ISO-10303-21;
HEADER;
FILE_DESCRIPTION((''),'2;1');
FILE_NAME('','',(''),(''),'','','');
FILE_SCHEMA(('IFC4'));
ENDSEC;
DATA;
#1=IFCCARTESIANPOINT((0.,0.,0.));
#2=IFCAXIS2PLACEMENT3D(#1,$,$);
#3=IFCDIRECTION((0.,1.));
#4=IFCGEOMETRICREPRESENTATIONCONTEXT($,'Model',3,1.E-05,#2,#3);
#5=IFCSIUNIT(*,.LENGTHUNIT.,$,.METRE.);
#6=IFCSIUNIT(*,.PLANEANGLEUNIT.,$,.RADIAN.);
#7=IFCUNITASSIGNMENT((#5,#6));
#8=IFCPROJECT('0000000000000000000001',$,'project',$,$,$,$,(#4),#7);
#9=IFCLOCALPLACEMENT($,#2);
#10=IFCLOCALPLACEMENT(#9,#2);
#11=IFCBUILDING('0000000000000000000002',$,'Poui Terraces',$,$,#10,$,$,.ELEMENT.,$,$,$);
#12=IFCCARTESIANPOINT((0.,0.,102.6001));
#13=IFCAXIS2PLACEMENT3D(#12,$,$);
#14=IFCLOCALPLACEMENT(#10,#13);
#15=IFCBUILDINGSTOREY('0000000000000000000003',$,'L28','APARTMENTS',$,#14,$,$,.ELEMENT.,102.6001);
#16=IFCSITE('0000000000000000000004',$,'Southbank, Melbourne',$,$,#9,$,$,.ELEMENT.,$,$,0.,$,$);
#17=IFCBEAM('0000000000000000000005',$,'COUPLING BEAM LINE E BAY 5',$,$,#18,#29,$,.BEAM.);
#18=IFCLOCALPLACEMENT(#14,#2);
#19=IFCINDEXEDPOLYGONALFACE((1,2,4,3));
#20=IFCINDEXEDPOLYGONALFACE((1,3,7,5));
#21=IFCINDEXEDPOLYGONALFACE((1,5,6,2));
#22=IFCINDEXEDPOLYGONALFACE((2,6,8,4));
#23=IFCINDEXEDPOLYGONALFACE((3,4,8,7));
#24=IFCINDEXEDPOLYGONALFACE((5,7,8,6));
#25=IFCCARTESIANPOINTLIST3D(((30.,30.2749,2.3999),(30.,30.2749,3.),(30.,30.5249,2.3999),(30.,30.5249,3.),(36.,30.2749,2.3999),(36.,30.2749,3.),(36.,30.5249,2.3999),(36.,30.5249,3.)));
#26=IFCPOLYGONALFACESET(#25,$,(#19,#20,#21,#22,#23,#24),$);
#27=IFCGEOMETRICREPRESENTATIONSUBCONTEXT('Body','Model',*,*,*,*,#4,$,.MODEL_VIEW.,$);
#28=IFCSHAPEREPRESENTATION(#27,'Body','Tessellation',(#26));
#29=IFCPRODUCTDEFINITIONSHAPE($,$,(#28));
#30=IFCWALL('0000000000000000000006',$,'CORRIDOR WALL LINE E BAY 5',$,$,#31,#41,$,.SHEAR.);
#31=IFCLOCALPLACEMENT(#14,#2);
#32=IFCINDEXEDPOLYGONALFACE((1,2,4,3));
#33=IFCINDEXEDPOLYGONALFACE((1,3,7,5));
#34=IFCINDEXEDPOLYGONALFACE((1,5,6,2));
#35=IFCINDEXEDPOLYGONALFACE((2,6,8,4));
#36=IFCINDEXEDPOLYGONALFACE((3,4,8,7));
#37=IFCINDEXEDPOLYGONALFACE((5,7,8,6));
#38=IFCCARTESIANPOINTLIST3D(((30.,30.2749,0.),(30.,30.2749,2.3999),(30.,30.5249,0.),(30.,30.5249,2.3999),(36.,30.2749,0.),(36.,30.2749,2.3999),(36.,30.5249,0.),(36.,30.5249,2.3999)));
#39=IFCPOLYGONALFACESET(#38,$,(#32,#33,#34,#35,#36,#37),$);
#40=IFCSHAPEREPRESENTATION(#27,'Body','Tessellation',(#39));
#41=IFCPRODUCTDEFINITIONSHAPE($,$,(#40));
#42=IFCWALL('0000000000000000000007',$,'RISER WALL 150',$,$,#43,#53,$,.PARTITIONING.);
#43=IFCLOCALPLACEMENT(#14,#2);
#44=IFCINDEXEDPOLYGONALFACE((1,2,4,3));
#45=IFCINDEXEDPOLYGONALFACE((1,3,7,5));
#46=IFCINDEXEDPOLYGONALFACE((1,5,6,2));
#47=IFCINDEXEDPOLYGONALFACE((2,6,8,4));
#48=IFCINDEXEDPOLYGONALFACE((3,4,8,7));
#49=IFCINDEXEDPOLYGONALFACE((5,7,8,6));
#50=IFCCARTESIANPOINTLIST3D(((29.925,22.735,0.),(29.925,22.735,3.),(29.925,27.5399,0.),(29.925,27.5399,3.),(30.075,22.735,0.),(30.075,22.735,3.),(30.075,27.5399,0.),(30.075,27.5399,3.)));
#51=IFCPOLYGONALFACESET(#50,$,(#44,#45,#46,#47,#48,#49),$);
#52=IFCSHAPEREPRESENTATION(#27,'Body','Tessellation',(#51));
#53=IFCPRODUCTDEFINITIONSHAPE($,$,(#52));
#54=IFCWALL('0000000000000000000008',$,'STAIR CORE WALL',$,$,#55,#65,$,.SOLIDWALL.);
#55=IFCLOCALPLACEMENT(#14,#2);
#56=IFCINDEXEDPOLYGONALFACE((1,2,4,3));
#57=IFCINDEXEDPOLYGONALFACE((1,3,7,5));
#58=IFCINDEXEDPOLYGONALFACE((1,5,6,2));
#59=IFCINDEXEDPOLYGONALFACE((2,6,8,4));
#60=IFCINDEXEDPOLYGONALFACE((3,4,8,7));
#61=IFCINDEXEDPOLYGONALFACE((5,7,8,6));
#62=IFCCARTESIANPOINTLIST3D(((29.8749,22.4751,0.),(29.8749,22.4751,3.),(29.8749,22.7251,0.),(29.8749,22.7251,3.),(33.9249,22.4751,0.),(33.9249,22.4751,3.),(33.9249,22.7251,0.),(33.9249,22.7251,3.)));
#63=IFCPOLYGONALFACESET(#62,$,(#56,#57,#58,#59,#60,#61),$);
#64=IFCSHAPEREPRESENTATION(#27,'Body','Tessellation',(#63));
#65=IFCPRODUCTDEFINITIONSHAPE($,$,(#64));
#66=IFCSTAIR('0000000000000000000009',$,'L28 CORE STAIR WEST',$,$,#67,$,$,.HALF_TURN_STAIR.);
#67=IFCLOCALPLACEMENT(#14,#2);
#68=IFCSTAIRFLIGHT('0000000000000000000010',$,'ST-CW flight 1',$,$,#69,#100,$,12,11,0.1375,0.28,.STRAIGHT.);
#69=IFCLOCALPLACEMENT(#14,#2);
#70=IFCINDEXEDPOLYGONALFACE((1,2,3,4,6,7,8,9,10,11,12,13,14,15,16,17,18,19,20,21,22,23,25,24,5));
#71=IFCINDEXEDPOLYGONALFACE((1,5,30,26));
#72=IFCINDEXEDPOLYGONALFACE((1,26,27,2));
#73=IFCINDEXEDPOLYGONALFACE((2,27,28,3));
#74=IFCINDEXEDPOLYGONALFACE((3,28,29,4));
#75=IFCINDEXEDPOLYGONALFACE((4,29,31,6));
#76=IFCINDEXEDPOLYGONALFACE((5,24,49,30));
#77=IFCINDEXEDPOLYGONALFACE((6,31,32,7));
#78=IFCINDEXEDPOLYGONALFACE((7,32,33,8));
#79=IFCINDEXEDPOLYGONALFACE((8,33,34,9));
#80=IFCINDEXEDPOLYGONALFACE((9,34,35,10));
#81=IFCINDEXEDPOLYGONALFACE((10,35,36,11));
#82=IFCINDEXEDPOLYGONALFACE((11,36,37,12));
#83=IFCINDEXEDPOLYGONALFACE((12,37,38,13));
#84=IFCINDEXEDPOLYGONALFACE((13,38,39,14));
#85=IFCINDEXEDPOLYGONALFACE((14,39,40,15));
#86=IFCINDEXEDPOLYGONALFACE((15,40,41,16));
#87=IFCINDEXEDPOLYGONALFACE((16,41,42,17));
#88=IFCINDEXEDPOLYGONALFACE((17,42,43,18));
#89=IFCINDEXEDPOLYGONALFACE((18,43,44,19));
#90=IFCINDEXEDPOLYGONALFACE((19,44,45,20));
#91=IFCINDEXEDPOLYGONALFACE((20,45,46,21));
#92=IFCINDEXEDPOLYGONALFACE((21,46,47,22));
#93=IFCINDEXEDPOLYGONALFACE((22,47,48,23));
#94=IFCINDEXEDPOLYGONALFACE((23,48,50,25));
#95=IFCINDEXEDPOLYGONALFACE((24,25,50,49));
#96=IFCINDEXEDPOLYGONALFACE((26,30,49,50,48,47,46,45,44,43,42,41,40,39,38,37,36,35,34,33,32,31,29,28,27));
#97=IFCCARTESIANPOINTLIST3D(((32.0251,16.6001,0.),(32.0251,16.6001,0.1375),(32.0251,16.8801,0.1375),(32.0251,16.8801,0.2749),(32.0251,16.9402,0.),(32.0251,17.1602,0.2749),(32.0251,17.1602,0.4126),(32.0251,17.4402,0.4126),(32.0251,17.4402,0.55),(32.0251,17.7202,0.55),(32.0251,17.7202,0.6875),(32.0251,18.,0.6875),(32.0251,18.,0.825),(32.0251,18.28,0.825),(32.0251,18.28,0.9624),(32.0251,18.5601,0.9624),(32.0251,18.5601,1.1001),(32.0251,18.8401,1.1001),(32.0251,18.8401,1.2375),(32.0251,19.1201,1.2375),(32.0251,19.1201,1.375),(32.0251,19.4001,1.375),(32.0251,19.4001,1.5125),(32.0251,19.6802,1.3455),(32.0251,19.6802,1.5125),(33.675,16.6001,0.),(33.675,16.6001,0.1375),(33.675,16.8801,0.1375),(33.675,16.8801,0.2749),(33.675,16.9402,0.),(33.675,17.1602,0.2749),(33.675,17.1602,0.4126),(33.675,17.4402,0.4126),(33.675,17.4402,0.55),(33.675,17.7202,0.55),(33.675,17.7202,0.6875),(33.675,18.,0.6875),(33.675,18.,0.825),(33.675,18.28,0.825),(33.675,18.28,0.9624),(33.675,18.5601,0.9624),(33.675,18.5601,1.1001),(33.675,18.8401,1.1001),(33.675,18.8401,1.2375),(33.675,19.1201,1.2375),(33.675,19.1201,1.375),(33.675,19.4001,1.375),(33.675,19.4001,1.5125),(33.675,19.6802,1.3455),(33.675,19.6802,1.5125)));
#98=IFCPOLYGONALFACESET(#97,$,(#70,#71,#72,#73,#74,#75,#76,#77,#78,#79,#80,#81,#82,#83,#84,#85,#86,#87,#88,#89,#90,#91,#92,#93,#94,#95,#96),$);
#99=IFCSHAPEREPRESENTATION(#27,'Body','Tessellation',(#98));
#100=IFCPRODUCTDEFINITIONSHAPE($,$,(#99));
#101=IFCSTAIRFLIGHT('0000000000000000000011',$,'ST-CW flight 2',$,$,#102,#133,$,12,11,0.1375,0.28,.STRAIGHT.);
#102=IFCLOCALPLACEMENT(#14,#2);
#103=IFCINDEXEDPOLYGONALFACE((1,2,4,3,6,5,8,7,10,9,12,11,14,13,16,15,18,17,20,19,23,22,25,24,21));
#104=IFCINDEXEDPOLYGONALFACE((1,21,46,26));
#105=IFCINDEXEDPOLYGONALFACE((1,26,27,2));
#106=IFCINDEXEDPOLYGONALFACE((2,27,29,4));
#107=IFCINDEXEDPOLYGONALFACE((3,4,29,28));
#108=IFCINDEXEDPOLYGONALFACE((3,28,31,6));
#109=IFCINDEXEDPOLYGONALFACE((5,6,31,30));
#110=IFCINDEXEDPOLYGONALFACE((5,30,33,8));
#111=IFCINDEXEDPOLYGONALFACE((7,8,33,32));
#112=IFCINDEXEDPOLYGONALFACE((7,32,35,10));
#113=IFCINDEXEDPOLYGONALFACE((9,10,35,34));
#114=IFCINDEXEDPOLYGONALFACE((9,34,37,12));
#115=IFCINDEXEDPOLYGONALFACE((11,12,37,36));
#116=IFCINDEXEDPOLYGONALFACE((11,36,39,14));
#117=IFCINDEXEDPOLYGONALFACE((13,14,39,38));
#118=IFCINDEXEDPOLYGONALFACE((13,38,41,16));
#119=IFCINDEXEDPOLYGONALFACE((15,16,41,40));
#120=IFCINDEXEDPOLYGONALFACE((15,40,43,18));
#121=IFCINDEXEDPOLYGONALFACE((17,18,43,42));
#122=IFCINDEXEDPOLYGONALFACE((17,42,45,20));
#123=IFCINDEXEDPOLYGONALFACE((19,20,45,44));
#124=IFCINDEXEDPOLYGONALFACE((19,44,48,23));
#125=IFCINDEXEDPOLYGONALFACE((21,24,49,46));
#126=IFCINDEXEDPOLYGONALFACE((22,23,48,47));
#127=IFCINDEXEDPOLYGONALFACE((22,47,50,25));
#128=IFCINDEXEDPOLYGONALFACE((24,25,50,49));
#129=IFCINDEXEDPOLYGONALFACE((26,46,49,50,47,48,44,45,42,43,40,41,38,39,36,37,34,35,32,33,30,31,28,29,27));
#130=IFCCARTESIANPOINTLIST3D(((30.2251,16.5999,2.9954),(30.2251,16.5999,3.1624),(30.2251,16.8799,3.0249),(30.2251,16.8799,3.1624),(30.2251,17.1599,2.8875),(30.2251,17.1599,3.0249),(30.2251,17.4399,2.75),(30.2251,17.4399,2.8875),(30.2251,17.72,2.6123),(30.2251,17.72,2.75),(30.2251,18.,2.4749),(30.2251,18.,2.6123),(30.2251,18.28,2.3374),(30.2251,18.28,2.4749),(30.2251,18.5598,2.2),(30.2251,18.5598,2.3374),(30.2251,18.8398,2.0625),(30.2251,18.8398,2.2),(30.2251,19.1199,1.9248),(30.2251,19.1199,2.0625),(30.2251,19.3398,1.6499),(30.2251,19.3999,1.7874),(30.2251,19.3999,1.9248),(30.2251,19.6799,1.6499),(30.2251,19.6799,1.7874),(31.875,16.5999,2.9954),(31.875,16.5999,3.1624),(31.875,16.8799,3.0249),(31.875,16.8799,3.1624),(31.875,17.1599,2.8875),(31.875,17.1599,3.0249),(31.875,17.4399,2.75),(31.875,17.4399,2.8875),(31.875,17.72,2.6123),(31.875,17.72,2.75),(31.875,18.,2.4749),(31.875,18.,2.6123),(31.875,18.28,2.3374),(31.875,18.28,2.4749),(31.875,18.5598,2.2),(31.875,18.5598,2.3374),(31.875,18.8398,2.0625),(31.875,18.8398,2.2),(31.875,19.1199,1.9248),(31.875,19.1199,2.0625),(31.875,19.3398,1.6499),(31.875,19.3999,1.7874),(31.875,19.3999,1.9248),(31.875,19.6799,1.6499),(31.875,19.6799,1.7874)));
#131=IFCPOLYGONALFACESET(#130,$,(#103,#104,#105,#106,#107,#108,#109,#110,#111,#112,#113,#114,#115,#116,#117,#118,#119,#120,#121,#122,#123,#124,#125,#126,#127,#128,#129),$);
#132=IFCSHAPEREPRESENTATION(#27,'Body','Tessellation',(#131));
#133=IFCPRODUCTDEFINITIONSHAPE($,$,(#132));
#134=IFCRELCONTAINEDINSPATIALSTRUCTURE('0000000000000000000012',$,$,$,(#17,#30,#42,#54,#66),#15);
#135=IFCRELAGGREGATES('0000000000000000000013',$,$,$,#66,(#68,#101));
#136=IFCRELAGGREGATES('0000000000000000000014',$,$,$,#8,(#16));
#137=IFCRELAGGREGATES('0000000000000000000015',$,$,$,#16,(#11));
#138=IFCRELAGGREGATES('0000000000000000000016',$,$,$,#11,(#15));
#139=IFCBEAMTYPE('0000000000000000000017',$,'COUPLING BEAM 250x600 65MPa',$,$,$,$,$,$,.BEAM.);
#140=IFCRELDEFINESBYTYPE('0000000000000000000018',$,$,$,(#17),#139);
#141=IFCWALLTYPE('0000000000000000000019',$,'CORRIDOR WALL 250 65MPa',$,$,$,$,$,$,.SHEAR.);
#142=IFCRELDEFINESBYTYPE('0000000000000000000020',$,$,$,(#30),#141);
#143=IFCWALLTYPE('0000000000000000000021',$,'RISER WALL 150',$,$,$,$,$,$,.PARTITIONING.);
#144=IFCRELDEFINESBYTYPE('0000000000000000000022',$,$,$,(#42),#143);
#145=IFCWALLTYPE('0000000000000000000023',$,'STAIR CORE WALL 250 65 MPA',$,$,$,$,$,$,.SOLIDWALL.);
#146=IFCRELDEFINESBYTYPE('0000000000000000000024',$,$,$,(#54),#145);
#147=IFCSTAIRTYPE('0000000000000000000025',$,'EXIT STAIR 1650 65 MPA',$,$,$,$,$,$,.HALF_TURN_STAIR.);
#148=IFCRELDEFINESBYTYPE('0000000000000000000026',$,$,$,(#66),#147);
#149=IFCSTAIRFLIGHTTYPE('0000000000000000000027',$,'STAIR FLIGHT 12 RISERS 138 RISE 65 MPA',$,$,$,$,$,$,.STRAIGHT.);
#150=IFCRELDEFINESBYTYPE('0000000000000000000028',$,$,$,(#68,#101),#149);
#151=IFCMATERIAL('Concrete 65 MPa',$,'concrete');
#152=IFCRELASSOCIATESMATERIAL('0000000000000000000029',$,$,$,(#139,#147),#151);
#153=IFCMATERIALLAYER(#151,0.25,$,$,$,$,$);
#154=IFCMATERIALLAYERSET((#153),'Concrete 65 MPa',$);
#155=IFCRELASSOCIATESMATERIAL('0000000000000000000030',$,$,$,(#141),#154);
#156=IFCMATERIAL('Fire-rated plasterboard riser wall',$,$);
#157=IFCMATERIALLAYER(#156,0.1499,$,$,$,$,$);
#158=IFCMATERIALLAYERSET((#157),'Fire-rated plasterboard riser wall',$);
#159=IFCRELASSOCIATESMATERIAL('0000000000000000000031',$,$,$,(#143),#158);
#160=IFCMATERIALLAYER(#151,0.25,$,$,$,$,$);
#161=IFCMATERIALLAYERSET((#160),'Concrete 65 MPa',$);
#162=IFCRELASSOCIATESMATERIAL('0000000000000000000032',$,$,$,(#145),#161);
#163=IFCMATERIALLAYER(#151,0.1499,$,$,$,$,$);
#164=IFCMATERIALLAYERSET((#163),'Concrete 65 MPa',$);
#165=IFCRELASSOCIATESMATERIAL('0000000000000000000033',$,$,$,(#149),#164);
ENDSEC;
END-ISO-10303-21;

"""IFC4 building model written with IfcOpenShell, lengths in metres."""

from ifc_helpers import new_model, si_unit, direction, frame, frame_2d, origin, origin_2d, place, context, subcontext, project, spatial, polyline, rectangle, outline, extrude, source, transform, mapped, material, layer, layer_set, material_profile, profile_set, type_object, element, aggregate, save


model = new_model("IFC4")

# Units and contexts
model_context = context("Model", 3, precision=1e-05, world=origin(), true_north=direction((0.0, 1.0)))
body_context = subcontext(model_context, "Body", "Model", "MODEL_VIEW")
ifc_project = project(units=[si_unit("LENGTHUNIT", "METRE"), si_unit("PLANEANGLEUNIT", "RADIAN")], contexts=[model_context])

# Site, building, storey
site_placement = place(None, origin())
site = spatial("IfcSite", under=ifc_project, at=site_placement, Name="Southbank, Melbourne", CompositionType="ELEMENT", RefElevation=0.0)
building_placement = place(site_placement, origin())
building = spatial("IfcBuilding", under=site, at=building_placement, Name="Poui Terraces", CompositionType="ELEMENT")
storey_placement = place(building_placement, frame((0.0, 0.0, 102.6001)))
storey = spatial("IfcBuildingStorey", under=building, at=storey_placement, Name="L28", Description="APARTMENTS", CompositionType="ELEMENT", Elevation=102.6001)

# Beam
ifc_material_1 = material(Name="Concrete 65 MPa", Category="concrete")
ifc_material_profile = material_profile(ifc_material_1, rectangle(XDim=0.25, YDim=0.6001, at=origin_2d()), Name="RC 250x600")
ifc_profile_set = profile_set([ifc_material_profile], Name="Concrete 65 MPa")
beam_type = type_object("IfcBeamType", Name="COUPLING BEAM 250x600 65MPa", PredefinedType="BEAM", material=ifc_profile_set)
shared_shape = source(origin(), body_context, "Body", "SweptSolid", [
    extrude(rectangle(XDim=0.25, YDim=0.6001, at=origin_2d()), origin(), (0.0, 0.0, 1.0), 6.0),
])
beam_placement = place(storey_placement, frame((30.0, 30.3999, 2.7), z_axis=(1.0, 0.0, 0.0), x_axis=(0.0, 1.0, 0.0)))
element("IfcBeam", 1, at=beam_placement, inside=storey, type_object=beam_type, Name="COUPLING BEAM LINE E BAY 5", PredefinedType="BEAM", context=body_context, shape_type="MappedRepresentation", body=[
    mapped(shared_shape, transform((0.0, 0.0, 0.0))),
])

# Walls
ifc_layer_1 = layer(ifc_material_1, 0.25)
ifc_layer_set_1 = layer_set([ifc_layer_1], Name="Concrete 65 MPa")
wall_type_1 = type_object("IfcWallType", Name="CORRIDOR WALL 250 65MPa", PredefinedType="SHEAR", material=ifc_layer_set_1)
wall_1_placement = place(storey_placement, frame((30.0, 30.3999, 0.0), z_axis=(0.0, 0.0, 1.0), x_axis=(1.0, 0.0, 0.0)))
element("IfcWall", 2, at=wall_1_placement, inside=storey, type_object=wall_type_1, Name="CORRIDOR WALL LINE E BAY 5", PredefinedType="SHEAR", context=body_context, shape_type="SweptSolid", body=[
    extrude(rectangle(XDim=6.0, YDim=0.25, at=frame_2d((3.0, 0.0))), origin(), (0.0, 0.0, 1.0), 2.3999),
])
ifc_material_2 = material(Name="Fire-rated plasterboard riser wall")
ifc_layer_2 = layer(ifc_material_2, 0.1499)
ifc_layer_set_2 = layer_set([ifc_layer_2], Name="Fire-rated plasterboard riser wall")
wall_type_2 = type_object("IfcWallType", Name="RISER WALL 150", PredefinedType="PARTITIONING", material=ifc_layer_set_2)
wall_2_placement = place(storey_placement, frame((30.0, 22.7351, 0.0), z_axis=(0.0, 0.0, 1.0), x_axis=(0.0, 1.0, 0.0)))
element("IfcWall", 3, at=wall_2_placement, inside=storey, type_object=wall_type_2, Name="RISER WALL 150", PredefinedType="PARTITIONING", context=body_context, shape_type="SweptSolid", body=[
    extrude(rectangle(XDim=4.8049, YDim=0.1499, at=frame_2d((2.4023, 0.0))), origin(), (0.0, 0.0, 1.0), 3.0),
])
ifc_layer_3 = layer(ifc_material_1, 0.25)
ifc_layer_set_3 = layer_set([ifc_layer_3], Name="Concrete 65 MPa")
wall_type_3 = type_object("IfcWallType", Name="STAIR CORE WALL 250 65 MPA", PredefinedType="SOLIDWALL", material=ifc_layer_set_3)
wall_3_placement = place(storey_placement, frame((29.875, 22.6001, 0.0), z_axis=(0.0, 0.0, 1.0), x_axis=(1.0, 0.0, 0.0)))
element("IfcWall", 4, at=wall_3_placement, inside=storey, type_object=wall_type_3, Name="STAIR CORE WALL", PredefinedType="SOLIDWALL", context=body_context, shape_type="SweptSolid", body=[
    extrude(rectangle(XDim=4.05, YDim=0.25, at=frame_2d((2.0249, 0.0))), origin(), (0.0, 0.0, 1.0), 3.0),
])

# Stair, stair flights
stair_type = type_object("IfcStairType", Name="EXIT STAIR 1650 65 MPA", PredefinedType="HALF_TURN_STAIR", material=ifc_material_1)
stair_placement = place(storey_placement, origin())
stair = element("IfcStair", 5, at=stair_placement, inside=storey, type_object=stair_type, Name="L28 CORE STAIR WEST", PredefinedType="HALF_TURN_STAIR")
ifc_layer_4 = layer(ifc_material_1, 0.1499)
ifc_layer_set_4 = layer_set([ifc_layer_4], Name="Concrete 65 MPa")
stair_flight_type = type_object("IfcStairFlightType", Name="STAIR FLIGHT 12 RISERS 138 RISE 65 MPA", PredefinedType="STRAIGHT", material=ifc_layer_set_4)
stair_flight_1_placement = place(storey_placement, frame((32.8501, 16.6001, 0.0), z_axis=(0.0, 0.0, 1.0), x_axis=(0.0, 1.0, 0.0)))
stair_flight_1 = element("IfcStairFlight", 6, at=stair_flight_1_placement, type_object=stair_flight_type, Name="ST-CW flight 1", NumberOfRisers=12, NumberOfTreads=11, PredefinedType="STRAIGHT", RiserHeight=0.1375, TreadLength=0.28, context=body_context, shape_type="SweptSolid", body=[
    extrude(outline(polyline([(0.0, 0.0), (0.0, 0.1375), (0.28, 0.1375), (0.28, 0.2749), (0.5601, 0.2749), (0.5601, 0.4126), (0.8401, 0.4126), (0.8401, 0.55), (1.1201, 0.55), (1.1201, 0.6875), (1.3999, 0.6875), (1.3999, 0.825), (1.6799, 0.825), (1.6799, 0.9624), (1.96, 0.9624), (1.96, 1.1001), (2.24, 1.1001), (2.24, 1.2375), (2.52, 1.2375), (2.52, 1.375), (2.8, 1.375), (2.8, 1.5125), (3.0801, 1.5125), (3.0801, 1.6499), (3.0801, 1.3455), (0.3401, 0.0), (0.0, 0.0)])), frame((0.0, 0.825, 0.0), z_axis=(0.0, -1.0, 0.0), x_axis=(1.0, 0.0, 0.0)), (0.0, 0.0, 1.0), 1.6499),
])
stair_flight_2_placement = place(storey_placement, frame((31.05, 19.6799, 1.6499), z_axis=(0.0, 0.0, 1.0), x_axis=(0.0, -1.0, 0.0)))
stair_flight_2 = element("IfcStairFlight", 7, at=stair_flight_2_placement, type_object=stair_flight_type, Name="ST-CW flight 2", NumberOfRisers=12, NumberOfTreads=11, PredefinedType="STRAIGHT", RiserHeight=0.1375, TreadLength=0.28, context=body_context, shape_type="SweptSolid", body=[
    extrude(outline(polyline([(0.0, 0.0), (0.0, 0.1375), (0.28, 0.1375), (0.28, 0.2749), (0.5601, 0.2749), (0.5601, 0.4126), (0.8401, 0.4126), (0.8401, 0.55), (1.1201, 0.55), (1.1201, 0.6875), (1.3999, 0.6875), (1.3999, 0.825), (1.6799, 0.825), (1.6799, 0.9624), (1.96, 0.9624), (1.96, 1.1001), (2.24, 1.1001), (2.24, 1.2375), (2.52, 1.2375), (2.52, 1.375), (2.8, 1.375), (2.8, 1.5125), (3.0801, 1.5125), (3.0801, 1.6499), (3.0801, 1.3455), (0.3401, 0.0), (0.0, 0.0)])), frame((0.0, 0.825, 0.0), z_axis=(0.0, -1.0, 0.0), x_axis=(1.0, 0.0, 0.0)), (0.0, 0.0, 1.0), 1.6499),
])
aggregate(stair, [stair_flight_1, stair_flight_2])

save(model, "model.ifc")
